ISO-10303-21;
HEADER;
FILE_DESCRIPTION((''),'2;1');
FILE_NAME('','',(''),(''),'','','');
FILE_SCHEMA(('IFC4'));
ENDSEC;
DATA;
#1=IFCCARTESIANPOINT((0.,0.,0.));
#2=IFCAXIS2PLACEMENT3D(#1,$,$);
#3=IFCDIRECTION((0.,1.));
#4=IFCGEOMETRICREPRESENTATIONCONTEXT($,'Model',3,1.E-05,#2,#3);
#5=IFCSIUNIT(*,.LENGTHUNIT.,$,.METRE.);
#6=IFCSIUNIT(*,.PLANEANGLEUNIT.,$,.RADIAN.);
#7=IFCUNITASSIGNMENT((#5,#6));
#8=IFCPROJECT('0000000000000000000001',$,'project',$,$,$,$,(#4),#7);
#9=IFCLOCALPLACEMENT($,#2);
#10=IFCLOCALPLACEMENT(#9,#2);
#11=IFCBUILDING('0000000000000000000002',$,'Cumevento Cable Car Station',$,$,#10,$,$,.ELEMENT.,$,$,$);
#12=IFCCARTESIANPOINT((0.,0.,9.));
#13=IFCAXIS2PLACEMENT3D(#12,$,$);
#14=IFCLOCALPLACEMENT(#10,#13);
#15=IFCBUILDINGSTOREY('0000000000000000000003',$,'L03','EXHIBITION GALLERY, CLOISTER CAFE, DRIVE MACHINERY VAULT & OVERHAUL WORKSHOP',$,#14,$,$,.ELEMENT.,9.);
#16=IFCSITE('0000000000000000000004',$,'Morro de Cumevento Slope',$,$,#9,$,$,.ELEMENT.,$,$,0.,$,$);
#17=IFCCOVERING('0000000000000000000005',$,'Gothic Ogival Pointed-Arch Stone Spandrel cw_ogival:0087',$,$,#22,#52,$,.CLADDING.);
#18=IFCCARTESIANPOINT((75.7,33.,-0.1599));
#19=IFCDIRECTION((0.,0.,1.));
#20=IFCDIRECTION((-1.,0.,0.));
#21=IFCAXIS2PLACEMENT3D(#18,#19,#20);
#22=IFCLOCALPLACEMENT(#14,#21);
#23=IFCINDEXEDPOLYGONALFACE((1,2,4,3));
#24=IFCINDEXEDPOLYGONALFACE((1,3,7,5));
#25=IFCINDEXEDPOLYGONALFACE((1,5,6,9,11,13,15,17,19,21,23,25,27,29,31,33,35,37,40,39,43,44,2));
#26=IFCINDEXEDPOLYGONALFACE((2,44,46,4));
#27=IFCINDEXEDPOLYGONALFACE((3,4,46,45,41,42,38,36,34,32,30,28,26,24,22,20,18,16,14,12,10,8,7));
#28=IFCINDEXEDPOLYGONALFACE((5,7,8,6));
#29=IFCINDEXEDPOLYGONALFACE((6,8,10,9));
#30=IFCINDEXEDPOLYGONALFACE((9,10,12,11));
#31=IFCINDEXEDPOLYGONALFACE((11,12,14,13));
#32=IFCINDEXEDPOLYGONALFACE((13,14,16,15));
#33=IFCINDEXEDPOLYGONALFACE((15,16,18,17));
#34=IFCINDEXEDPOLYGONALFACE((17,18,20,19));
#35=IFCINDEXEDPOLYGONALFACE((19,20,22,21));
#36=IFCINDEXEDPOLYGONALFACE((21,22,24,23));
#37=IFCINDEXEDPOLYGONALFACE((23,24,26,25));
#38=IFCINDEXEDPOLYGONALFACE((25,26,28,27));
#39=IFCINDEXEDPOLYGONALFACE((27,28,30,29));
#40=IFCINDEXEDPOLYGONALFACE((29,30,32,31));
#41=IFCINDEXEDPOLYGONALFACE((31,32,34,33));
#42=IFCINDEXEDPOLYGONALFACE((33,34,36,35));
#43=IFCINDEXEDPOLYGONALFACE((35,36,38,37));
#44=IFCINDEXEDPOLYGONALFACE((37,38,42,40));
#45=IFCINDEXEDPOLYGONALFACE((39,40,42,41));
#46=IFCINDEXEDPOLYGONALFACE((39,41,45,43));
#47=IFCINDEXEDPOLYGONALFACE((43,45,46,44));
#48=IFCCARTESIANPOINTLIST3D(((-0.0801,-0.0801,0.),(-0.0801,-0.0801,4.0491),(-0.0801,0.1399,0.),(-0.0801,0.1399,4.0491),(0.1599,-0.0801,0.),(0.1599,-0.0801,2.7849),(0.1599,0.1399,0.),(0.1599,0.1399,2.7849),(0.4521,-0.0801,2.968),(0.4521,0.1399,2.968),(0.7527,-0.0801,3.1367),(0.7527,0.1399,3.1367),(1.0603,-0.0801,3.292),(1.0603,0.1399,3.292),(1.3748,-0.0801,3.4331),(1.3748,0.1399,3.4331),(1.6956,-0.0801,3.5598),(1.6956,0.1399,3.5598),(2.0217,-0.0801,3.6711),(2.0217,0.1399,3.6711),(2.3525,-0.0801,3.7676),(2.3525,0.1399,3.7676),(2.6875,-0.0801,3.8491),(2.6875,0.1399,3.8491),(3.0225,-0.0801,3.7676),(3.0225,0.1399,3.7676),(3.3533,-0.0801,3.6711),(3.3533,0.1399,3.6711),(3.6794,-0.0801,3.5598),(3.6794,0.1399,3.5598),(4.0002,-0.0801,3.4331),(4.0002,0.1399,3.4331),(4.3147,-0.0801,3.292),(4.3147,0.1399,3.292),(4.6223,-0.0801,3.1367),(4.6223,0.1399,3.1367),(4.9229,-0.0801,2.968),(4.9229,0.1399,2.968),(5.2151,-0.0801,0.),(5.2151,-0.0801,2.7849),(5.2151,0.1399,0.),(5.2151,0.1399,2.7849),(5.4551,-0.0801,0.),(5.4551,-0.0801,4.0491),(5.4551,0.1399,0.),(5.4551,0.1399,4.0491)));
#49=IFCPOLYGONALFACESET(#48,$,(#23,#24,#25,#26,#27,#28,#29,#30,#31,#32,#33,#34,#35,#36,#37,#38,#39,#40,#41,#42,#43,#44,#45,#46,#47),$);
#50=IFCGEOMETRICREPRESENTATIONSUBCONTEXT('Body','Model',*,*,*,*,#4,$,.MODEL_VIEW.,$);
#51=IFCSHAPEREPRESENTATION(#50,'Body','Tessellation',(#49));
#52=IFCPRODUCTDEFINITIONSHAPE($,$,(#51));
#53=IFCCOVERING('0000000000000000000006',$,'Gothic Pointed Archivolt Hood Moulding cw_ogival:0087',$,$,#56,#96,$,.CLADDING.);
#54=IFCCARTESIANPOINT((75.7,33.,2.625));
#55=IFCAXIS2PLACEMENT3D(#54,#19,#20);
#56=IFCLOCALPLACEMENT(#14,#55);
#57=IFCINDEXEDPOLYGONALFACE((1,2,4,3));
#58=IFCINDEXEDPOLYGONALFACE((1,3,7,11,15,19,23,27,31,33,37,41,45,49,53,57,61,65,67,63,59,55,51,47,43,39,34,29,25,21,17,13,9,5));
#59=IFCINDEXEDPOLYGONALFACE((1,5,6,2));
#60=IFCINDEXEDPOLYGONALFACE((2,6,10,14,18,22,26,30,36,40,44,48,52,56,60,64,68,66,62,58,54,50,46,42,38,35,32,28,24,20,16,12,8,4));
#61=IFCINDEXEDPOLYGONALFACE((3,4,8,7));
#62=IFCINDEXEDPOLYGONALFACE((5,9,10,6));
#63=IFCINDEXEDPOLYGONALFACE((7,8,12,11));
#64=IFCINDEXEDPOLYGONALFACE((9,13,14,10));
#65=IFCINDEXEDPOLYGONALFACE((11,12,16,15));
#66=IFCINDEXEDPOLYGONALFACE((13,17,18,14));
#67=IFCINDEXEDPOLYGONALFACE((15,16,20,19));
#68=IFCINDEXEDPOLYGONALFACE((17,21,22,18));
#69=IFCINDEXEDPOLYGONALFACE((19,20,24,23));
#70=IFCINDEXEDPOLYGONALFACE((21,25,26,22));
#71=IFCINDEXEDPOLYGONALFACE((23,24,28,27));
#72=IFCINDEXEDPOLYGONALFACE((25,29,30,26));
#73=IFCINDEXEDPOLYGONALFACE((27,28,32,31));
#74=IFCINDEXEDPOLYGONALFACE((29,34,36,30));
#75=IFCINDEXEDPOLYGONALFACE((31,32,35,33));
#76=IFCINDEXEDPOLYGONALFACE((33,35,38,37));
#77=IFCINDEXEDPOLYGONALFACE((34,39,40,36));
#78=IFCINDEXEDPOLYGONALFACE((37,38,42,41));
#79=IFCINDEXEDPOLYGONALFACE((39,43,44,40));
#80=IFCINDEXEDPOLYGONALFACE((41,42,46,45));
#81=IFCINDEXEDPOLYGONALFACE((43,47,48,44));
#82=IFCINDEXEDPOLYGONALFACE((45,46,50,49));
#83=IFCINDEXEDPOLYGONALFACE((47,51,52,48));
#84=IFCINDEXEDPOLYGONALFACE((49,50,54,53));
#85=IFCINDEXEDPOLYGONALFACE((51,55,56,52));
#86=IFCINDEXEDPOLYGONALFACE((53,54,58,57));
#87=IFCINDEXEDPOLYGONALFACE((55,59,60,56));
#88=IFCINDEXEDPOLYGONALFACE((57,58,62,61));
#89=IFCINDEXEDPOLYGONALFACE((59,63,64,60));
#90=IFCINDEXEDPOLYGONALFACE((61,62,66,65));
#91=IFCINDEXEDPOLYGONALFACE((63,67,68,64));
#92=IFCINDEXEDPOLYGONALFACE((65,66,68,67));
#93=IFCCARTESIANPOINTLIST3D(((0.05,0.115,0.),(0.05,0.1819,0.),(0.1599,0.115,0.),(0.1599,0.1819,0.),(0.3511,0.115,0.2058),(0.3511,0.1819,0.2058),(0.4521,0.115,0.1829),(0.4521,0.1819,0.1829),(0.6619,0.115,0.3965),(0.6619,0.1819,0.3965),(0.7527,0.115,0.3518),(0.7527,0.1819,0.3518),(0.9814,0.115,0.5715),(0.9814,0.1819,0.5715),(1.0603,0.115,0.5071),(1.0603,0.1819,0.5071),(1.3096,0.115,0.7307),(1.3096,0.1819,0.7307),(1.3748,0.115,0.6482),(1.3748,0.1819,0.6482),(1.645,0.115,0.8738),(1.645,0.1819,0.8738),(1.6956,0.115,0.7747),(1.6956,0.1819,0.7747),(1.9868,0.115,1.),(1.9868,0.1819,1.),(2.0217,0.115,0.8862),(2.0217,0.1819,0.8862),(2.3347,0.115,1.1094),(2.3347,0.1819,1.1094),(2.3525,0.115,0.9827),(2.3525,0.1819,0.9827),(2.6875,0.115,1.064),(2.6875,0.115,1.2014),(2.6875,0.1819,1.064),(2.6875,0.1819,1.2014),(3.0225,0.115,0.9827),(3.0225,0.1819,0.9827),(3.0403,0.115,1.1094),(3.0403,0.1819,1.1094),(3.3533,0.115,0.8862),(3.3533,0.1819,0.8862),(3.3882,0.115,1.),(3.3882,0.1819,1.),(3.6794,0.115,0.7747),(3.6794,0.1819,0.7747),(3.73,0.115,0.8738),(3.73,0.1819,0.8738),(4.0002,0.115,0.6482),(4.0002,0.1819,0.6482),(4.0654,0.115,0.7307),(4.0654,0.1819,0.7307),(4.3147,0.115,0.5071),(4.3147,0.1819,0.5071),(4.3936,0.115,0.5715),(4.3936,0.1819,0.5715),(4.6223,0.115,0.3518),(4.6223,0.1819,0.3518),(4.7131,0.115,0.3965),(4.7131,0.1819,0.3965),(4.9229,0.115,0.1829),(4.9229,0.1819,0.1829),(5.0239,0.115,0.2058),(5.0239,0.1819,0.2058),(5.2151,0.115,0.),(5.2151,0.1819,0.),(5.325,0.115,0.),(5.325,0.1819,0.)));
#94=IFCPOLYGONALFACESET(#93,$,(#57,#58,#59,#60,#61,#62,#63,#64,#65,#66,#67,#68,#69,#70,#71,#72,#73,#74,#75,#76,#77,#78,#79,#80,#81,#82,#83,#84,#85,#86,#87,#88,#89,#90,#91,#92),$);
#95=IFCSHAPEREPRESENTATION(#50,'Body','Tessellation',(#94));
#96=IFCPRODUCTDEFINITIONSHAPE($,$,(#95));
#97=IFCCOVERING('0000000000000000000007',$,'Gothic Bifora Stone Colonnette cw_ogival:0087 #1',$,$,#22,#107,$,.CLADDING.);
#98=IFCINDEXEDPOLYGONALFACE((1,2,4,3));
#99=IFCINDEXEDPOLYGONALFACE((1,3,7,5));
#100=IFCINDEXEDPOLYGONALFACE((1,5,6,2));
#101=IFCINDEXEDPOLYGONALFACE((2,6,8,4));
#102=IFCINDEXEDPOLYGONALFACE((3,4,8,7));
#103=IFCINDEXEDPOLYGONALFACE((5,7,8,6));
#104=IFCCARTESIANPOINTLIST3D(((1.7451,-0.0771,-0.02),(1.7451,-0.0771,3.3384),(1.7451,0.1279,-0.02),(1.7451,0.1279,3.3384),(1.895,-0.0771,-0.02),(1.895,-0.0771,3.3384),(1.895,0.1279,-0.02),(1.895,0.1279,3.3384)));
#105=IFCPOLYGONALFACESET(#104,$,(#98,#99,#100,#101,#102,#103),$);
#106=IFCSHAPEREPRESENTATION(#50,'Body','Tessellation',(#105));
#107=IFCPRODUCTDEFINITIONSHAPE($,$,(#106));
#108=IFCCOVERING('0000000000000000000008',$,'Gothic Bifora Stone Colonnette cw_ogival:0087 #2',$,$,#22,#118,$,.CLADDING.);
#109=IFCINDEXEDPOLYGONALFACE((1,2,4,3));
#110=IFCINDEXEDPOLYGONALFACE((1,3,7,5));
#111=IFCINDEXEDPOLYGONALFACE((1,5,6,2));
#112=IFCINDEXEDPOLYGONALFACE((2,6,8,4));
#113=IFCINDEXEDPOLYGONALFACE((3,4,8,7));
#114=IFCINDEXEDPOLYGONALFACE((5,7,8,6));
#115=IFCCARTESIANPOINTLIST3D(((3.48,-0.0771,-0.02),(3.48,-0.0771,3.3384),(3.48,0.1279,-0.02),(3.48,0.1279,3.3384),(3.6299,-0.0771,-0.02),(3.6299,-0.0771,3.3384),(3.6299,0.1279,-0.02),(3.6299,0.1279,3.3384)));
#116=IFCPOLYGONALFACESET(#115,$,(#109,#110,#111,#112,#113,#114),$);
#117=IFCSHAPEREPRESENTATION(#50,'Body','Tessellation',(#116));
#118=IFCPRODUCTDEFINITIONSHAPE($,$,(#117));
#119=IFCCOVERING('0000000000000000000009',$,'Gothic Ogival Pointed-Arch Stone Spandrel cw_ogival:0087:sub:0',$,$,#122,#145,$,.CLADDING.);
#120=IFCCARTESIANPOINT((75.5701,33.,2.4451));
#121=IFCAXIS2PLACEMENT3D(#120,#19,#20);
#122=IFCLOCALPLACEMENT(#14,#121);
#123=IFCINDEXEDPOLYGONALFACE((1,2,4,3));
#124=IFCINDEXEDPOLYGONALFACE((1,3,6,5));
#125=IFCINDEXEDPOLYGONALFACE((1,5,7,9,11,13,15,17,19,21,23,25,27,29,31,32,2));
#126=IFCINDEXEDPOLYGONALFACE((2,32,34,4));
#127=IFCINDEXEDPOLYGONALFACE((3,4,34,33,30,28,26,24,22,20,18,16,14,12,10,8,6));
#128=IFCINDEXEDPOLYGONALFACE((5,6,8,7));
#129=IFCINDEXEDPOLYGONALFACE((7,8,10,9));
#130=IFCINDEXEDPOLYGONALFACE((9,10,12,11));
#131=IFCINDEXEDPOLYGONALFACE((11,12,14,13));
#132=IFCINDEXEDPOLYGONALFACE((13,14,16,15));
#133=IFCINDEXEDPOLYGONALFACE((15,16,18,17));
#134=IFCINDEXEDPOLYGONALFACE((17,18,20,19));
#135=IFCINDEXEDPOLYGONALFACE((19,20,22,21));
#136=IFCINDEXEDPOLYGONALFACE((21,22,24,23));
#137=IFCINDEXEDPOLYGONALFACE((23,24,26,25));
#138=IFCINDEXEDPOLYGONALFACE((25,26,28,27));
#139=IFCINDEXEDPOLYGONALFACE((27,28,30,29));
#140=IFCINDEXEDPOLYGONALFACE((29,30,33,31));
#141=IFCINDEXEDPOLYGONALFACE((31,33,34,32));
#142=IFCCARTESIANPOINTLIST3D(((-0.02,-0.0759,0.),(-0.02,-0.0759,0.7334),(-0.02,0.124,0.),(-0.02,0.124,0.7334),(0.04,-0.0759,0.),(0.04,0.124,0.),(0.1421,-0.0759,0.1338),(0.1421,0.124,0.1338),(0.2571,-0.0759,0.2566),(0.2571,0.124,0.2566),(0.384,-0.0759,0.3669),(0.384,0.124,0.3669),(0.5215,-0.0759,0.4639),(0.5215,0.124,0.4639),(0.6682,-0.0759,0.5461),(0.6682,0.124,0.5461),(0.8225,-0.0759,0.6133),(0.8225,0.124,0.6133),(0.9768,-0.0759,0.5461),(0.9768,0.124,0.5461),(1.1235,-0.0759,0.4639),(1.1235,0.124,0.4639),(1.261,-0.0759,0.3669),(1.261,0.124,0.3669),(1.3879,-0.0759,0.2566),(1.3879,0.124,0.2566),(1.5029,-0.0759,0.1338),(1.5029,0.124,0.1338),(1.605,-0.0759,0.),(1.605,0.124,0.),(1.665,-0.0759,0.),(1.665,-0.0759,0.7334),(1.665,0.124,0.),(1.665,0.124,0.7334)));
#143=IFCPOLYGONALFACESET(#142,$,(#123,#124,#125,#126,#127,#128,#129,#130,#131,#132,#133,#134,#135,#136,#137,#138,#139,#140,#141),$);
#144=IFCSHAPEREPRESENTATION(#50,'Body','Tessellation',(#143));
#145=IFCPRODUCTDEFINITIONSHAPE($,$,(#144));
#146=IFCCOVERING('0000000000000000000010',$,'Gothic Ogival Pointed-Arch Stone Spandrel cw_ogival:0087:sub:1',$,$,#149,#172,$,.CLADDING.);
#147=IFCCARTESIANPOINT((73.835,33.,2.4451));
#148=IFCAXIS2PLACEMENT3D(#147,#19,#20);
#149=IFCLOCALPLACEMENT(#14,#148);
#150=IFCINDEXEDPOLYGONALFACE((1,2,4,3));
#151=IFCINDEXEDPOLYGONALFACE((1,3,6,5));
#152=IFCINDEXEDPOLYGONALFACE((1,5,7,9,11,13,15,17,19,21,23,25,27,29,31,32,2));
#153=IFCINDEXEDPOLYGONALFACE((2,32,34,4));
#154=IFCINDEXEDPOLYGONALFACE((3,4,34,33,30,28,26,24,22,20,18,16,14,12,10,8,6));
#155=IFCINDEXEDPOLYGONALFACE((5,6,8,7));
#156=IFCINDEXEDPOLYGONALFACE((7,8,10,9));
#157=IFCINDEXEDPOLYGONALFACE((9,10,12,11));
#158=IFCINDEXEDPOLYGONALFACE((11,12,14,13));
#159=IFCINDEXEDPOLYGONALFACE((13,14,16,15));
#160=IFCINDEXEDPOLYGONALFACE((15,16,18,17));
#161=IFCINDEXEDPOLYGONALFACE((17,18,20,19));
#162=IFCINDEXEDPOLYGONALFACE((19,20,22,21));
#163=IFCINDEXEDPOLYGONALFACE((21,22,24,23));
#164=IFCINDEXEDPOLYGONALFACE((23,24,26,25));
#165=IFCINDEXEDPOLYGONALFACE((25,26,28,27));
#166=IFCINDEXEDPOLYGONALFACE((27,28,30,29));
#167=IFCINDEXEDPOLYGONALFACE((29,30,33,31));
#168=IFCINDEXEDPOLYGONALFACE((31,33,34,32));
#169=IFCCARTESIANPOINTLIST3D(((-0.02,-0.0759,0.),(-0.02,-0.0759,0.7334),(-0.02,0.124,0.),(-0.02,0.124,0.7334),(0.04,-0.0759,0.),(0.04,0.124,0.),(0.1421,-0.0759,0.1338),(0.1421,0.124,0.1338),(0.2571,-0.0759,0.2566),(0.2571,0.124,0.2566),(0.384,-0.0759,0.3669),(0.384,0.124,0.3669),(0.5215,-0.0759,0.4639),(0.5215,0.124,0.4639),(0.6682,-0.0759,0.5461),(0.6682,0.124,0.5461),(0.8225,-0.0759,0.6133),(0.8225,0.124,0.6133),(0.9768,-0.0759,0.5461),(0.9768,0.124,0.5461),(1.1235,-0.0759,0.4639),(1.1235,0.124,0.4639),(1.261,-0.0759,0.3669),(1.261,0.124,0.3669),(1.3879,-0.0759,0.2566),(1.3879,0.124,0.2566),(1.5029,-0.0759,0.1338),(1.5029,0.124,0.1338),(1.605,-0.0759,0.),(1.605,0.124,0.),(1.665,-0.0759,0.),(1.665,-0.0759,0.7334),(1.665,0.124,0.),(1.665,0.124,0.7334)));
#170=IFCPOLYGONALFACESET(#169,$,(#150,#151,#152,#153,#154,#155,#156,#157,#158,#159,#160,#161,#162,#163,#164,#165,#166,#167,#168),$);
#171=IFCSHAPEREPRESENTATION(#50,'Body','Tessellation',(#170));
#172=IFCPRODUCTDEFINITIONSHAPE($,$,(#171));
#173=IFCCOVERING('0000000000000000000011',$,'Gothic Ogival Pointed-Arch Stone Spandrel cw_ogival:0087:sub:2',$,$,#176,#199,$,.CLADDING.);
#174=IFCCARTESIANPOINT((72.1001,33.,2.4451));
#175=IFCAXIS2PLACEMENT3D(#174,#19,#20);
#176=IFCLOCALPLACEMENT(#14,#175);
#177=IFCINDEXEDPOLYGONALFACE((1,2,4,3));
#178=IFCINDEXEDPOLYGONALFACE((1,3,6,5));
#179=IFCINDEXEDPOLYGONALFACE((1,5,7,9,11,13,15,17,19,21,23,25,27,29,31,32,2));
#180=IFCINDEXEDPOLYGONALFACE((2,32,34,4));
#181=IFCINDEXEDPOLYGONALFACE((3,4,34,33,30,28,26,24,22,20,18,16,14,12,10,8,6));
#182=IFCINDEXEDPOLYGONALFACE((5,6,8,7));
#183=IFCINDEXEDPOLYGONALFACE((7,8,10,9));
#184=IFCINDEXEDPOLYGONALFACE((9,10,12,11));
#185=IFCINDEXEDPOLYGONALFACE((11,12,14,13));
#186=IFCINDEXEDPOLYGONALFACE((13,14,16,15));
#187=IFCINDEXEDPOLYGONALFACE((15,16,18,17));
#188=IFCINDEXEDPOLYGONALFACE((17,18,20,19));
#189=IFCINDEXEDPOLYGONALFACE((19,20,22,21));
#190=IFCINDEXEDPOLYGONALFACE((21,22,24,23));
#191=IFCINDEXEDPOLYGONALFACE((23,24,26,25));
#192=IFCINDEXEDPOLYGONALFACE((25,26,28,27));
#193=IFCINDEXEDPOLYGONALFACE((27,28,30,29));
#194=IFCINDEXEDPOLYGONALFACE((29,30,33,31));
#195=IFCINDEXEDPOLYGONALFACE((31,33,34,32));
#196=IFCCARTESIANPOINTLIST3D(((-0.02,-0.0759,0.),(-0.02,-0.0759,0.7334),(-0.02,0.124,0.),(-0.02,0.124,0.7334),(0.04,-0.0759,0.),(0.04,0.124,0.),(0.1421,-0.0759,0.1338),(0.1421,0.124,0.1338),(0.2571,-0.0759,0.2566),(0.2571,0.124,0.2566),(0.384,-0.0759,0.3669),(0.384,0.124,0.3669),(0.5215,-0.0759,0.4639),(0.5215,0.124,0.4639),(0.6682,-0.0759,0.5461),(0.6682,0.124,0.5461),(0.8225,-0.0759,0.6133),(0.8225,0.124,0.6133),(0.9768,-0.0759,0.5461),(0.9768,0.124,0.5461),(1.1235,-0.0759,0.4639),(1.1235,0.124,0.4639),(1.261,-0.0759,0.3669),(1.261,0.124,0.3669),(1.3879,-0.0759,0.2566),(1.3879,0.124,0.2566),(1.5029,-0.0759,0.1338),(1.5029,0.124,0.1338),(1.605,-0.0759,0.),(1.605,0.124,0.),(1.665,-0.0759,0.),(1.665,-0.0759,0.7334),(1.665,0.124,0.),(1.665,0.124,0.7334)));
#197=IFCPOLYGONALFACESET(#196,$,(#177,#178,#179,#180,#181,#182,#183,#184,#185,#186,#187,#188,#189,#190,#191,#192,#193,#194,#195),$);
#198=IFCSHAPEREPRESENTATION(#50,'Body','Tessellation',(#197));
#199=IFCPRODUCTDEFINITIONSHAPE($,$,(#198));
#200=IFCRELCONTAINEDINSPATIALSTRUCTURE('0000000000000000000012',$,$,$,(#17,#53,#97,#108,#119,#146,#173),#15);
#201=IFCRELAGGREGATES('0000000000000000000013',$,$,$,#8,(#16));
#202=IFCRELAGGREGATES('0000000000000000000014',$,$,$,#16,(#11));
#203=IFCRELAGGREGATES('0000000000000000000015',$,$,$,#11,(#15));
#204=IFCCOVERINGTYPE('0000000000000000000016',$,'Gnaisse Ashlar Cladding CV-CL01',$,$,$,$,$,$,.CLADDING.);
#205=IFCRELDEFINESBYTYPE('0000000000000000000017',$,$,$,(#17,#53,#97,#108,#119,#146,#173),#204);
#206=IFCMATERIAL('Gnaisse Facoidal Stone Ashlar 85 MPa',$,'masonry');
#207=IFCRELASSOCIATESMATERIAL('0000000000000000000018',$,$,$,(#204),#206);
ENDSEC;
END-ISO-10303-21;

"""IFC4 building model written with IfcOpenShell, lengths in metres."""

from ifc_helpers import new_model, si_unit, direction, frame, origin, place, context, subcontext, project, spatial, polyline, outline, extrude, material, type_object, element, save


model = new_model("IFC4")

# Units and contexts
model_context = context("Model", 3, precision=1e-05, world=origin(), true_north=direction((0.0, 1.0)))
body_context = subcontext(model_context, "Body", "Model", "MODEL_VIEW")
ifc_project = project(units=[si_unit("LENGTHUNIT", "METRE"), si_unit("PLANEANGLEUNIT", "RADIAN")], contexts=[model_context])

# Site, building, storey
site_placement = place(None, origin())
site = spatial("IfcSite", under=ifc_project, at=site_placement, Name="Morro de Cumevento Slope", CompositionType="ELEMENT", RefElevation=0.0)
building_placement = place(site_placement, origin())
building = spatial("IfcBuilding", under=site, at=building_placement, Name="Cumevento Cable Car Station", CompositionType="ELEMENT")
storey_placement = place(building_placement, frame((0.0, 0.0, 9.0)))
storey = spatial("IfcBuildingStorey", under=building, at=storey_placement, Name="L03", Description="EXHIBITION GALLERY, CLOISTER CAFE, DRIVE MACHINERY VAULT & OVERHAUL WORKSHOP", CompositionType="ELEMENT", Elevation=9.0)

# Coverings
ifc_material_1 = material(Name="Gnaisse Facoidal Stone Ashlar 85 MPa", Category="masonry")
covering_type = type_object("IfcCoveringType", Name="Gnaisse Ashlar Cladding CV-CL01", PredefinedType="CLADDING", material=ifc_material_1)
placement = place(storey_placement, frame((75.7, 33.0, -0.1599), z_axis=(0.0, 0.0, 1.0), x_axis=(-1.0, 0.0, 0.0)))
element("IfcCovering", 1, at=placement, inside=storey, type_object=covering_type, Name="Gothic Ogival Pointed-Arch Stone Spandrel cw_ogival:0087", PredefinedType="CLADDING", context=body_context, shape_type="SweptSolid", body=[
    extrude(outline(polyline([(-0.0801, 0.0), (-0.0801, 4.0491), (5.4551, 4.0491), (5.4551, 0.0), (5.2151, 0.0), (5.2151, 2.7849), (4.9229, 2.968), (4.6223, 3.1367), (4.3147, 3.292), (4.0002, 3.4331), (3.6794, 3.5598), (3.3533, 3.6711), (3.0225, 3.7676), (2.6875, 3.8491), (2.3525, 3.7676), (2.0217, 3.6711), (1.6956, 3.5598), (1.3748, 3.4331), (1.0603, 3.292), (0.7527, 3.1367), (0.4521, 2.968), (0.1599, 2.7849), (0.1599, 0.0), (-0.0801, 0.0)])), frame((0.0, 0.1399, 0.0), z_axis=(0.0, -1.0, 0.0), x_axis=(1.0, 0.0, 0.0)), (0.0, 0.0, 1.0), 0.22),
])
covering_1_placement = place(storey_placement, frame((75.7, 33.0, 2.625), z_axis=(0.0, 0.0, 1.0), x_axis=(-1.0, 0.0, 0.0)))
element("IfcCovering", 2, at=covering_1_placement, inside=storey, type_object=covering_type, Name="Gothic Pointed Archivolt Hood Moulding cw_ogival:0087", PredefinedType="CLADDING", context=body_context, shape_type="SweptSolid", body=[
    extrude(outline(polyline([(0.1599, 0.0), (0.4521, 0.1829), (0.7527, 0.3518), (1.0603, 0.5071), (1.3748, 0.6482), (1.6956, 0.7747), (2.0217, 0.8862), (2.3525, 0.9827), (2.6875, 1.064), (3.0225, 0.9827), (3.3533, 0.8862), (3.6794, 0.7747), (4.0002, 0.6482), (4.3147, 0.5071), (4.6223, 0.3518), (4.9229, 0.1829), (5.2151, 0.0), (5.325, 0.0), (5.0239, 0.2058), (4.7131, 0.3965), (4.3936, 0.5715), (4.0654, 0.7307), (3.73, 0.8738), (3.3882, 1.0), (3.0403, 1.1094), (2.6875, 1.2014), (2.3347, 1.1094), (1.9868, 1.0), (1.645, 0.8738), (1.3096, 0.7307), (0.9814, 0.5715), (0.6619, 0.3965), (0.3511, 0.2058), (0.05, 0.0), (0.1599, 0.0)])), frame((0.0, 0.1819, 0.0), z_axis=(0.0, -1.0, 0.0), x_axis=(1.0, 0.0, 0.0)), (0.0, 0.0, 1.0), 0.0669),
])
element("IfcCovering", 3, at=placement, inside=storey, type_object=covering_type, Name="Gothic Bifora Stone Colonnette cw_ogival:0087 #1", PredefinedType="CLADDING", context=body_context, shape_type="SweptSolid", body=[
    extrude(outline(polyline([(1.7451, -0.02), (1.895, -0.02), (1.895, 3.3384), (1.7451, 3.3384), (1.7451, -0.02)])), frame((0.0, 0.1279, 0.0), z_axis=(0.0, -1.0, 0.0), x_axis=(1.0, 0.0, 0.0)), (0.0, 0.0, 1.0), 0.2051),
])
element("IfcCovering", 4, at=placement, inside=storey, type_object=covering_type, Name="Gothic Bifora Stone Colonnette cw_ogival:0087 #2", PredefinedType="CLADDING", context=body_context, shape_type="SweptSolid", body=[
    extrude(outline(polyline([(3.48, -0.02), (3.6299, -0.02), (3.6299, 3.3384), (3.48, 3.3384), (3.48, -0.02)])), frame((0.0, 0.1279, 0.0), z_axis=(0.0, -1.0, 0.0), x_axis=(1.0, 0.0, 0.0)), (0.0, 0.0, 1.0), 0.2051),
])
for number, where, z_axis, x_axis, name in (
    (5, (75.5701, 33.0, 2.4451), (0.0, 0.0, 1.0), (-1.0, 0.0, 0.0), "Gothic Ogival Pointed-Arch Stone Spandrel cw_ogival:0087:sub:0"),
    (6, (73.835, 33.0, 2.4451), (0.0, 0.0, 1.0), (-1.0, 0.0, 0.0), "Gothic Ogival Pointed-Arch Stone Spandrel cw_ogival:0087:sub:1"),
    (7, (72.1001, 33.0, 2.4451), (0.0, 0.0, 1.0), (-1.0, 0.0, 0.0), "Gothic Ogival Pointed-Arch Stone Spandrel cw_ogival:0087:sub:2"),
):
    element("IfcCovering", number, at=place(storey_placement, frame(where, z_axis=z_axis, x_axis=x_axis)), inside=storey, type_object=covering_type, Name=name, PredefinedType="CLADDING", context=body_context, shape_type="SweptSolid", body=[
        extrude(outline(polyline([(-0.02, 0.0), (-0.02, 0.7334), (1.665, 0.7334), (1.665, 0.0), (1.605, 0.0), (1.5029, 0.1338), (1.3879, 0.2566), (1.261, 0.3669), (1.1235, 0.4639), (0.9768, 0.5461), (0.8225, 0.6133), (0.6682, 0.5461), (0.5215, 0.4639), (0.384, 0.3669), (0.2571, 0.2566), (0.1421, 0.1338), (0.04, 0.0), (-0.02, 0.0)])), frame((0.0, 0.124, 0.0), z_axis=(0.0, -1.0, 0.0), x_axis=(1.0, 0.0, 0.0)), (0.0, 0.0, 1.0), 0.2),
    ])

save(model, "model.ifc")
